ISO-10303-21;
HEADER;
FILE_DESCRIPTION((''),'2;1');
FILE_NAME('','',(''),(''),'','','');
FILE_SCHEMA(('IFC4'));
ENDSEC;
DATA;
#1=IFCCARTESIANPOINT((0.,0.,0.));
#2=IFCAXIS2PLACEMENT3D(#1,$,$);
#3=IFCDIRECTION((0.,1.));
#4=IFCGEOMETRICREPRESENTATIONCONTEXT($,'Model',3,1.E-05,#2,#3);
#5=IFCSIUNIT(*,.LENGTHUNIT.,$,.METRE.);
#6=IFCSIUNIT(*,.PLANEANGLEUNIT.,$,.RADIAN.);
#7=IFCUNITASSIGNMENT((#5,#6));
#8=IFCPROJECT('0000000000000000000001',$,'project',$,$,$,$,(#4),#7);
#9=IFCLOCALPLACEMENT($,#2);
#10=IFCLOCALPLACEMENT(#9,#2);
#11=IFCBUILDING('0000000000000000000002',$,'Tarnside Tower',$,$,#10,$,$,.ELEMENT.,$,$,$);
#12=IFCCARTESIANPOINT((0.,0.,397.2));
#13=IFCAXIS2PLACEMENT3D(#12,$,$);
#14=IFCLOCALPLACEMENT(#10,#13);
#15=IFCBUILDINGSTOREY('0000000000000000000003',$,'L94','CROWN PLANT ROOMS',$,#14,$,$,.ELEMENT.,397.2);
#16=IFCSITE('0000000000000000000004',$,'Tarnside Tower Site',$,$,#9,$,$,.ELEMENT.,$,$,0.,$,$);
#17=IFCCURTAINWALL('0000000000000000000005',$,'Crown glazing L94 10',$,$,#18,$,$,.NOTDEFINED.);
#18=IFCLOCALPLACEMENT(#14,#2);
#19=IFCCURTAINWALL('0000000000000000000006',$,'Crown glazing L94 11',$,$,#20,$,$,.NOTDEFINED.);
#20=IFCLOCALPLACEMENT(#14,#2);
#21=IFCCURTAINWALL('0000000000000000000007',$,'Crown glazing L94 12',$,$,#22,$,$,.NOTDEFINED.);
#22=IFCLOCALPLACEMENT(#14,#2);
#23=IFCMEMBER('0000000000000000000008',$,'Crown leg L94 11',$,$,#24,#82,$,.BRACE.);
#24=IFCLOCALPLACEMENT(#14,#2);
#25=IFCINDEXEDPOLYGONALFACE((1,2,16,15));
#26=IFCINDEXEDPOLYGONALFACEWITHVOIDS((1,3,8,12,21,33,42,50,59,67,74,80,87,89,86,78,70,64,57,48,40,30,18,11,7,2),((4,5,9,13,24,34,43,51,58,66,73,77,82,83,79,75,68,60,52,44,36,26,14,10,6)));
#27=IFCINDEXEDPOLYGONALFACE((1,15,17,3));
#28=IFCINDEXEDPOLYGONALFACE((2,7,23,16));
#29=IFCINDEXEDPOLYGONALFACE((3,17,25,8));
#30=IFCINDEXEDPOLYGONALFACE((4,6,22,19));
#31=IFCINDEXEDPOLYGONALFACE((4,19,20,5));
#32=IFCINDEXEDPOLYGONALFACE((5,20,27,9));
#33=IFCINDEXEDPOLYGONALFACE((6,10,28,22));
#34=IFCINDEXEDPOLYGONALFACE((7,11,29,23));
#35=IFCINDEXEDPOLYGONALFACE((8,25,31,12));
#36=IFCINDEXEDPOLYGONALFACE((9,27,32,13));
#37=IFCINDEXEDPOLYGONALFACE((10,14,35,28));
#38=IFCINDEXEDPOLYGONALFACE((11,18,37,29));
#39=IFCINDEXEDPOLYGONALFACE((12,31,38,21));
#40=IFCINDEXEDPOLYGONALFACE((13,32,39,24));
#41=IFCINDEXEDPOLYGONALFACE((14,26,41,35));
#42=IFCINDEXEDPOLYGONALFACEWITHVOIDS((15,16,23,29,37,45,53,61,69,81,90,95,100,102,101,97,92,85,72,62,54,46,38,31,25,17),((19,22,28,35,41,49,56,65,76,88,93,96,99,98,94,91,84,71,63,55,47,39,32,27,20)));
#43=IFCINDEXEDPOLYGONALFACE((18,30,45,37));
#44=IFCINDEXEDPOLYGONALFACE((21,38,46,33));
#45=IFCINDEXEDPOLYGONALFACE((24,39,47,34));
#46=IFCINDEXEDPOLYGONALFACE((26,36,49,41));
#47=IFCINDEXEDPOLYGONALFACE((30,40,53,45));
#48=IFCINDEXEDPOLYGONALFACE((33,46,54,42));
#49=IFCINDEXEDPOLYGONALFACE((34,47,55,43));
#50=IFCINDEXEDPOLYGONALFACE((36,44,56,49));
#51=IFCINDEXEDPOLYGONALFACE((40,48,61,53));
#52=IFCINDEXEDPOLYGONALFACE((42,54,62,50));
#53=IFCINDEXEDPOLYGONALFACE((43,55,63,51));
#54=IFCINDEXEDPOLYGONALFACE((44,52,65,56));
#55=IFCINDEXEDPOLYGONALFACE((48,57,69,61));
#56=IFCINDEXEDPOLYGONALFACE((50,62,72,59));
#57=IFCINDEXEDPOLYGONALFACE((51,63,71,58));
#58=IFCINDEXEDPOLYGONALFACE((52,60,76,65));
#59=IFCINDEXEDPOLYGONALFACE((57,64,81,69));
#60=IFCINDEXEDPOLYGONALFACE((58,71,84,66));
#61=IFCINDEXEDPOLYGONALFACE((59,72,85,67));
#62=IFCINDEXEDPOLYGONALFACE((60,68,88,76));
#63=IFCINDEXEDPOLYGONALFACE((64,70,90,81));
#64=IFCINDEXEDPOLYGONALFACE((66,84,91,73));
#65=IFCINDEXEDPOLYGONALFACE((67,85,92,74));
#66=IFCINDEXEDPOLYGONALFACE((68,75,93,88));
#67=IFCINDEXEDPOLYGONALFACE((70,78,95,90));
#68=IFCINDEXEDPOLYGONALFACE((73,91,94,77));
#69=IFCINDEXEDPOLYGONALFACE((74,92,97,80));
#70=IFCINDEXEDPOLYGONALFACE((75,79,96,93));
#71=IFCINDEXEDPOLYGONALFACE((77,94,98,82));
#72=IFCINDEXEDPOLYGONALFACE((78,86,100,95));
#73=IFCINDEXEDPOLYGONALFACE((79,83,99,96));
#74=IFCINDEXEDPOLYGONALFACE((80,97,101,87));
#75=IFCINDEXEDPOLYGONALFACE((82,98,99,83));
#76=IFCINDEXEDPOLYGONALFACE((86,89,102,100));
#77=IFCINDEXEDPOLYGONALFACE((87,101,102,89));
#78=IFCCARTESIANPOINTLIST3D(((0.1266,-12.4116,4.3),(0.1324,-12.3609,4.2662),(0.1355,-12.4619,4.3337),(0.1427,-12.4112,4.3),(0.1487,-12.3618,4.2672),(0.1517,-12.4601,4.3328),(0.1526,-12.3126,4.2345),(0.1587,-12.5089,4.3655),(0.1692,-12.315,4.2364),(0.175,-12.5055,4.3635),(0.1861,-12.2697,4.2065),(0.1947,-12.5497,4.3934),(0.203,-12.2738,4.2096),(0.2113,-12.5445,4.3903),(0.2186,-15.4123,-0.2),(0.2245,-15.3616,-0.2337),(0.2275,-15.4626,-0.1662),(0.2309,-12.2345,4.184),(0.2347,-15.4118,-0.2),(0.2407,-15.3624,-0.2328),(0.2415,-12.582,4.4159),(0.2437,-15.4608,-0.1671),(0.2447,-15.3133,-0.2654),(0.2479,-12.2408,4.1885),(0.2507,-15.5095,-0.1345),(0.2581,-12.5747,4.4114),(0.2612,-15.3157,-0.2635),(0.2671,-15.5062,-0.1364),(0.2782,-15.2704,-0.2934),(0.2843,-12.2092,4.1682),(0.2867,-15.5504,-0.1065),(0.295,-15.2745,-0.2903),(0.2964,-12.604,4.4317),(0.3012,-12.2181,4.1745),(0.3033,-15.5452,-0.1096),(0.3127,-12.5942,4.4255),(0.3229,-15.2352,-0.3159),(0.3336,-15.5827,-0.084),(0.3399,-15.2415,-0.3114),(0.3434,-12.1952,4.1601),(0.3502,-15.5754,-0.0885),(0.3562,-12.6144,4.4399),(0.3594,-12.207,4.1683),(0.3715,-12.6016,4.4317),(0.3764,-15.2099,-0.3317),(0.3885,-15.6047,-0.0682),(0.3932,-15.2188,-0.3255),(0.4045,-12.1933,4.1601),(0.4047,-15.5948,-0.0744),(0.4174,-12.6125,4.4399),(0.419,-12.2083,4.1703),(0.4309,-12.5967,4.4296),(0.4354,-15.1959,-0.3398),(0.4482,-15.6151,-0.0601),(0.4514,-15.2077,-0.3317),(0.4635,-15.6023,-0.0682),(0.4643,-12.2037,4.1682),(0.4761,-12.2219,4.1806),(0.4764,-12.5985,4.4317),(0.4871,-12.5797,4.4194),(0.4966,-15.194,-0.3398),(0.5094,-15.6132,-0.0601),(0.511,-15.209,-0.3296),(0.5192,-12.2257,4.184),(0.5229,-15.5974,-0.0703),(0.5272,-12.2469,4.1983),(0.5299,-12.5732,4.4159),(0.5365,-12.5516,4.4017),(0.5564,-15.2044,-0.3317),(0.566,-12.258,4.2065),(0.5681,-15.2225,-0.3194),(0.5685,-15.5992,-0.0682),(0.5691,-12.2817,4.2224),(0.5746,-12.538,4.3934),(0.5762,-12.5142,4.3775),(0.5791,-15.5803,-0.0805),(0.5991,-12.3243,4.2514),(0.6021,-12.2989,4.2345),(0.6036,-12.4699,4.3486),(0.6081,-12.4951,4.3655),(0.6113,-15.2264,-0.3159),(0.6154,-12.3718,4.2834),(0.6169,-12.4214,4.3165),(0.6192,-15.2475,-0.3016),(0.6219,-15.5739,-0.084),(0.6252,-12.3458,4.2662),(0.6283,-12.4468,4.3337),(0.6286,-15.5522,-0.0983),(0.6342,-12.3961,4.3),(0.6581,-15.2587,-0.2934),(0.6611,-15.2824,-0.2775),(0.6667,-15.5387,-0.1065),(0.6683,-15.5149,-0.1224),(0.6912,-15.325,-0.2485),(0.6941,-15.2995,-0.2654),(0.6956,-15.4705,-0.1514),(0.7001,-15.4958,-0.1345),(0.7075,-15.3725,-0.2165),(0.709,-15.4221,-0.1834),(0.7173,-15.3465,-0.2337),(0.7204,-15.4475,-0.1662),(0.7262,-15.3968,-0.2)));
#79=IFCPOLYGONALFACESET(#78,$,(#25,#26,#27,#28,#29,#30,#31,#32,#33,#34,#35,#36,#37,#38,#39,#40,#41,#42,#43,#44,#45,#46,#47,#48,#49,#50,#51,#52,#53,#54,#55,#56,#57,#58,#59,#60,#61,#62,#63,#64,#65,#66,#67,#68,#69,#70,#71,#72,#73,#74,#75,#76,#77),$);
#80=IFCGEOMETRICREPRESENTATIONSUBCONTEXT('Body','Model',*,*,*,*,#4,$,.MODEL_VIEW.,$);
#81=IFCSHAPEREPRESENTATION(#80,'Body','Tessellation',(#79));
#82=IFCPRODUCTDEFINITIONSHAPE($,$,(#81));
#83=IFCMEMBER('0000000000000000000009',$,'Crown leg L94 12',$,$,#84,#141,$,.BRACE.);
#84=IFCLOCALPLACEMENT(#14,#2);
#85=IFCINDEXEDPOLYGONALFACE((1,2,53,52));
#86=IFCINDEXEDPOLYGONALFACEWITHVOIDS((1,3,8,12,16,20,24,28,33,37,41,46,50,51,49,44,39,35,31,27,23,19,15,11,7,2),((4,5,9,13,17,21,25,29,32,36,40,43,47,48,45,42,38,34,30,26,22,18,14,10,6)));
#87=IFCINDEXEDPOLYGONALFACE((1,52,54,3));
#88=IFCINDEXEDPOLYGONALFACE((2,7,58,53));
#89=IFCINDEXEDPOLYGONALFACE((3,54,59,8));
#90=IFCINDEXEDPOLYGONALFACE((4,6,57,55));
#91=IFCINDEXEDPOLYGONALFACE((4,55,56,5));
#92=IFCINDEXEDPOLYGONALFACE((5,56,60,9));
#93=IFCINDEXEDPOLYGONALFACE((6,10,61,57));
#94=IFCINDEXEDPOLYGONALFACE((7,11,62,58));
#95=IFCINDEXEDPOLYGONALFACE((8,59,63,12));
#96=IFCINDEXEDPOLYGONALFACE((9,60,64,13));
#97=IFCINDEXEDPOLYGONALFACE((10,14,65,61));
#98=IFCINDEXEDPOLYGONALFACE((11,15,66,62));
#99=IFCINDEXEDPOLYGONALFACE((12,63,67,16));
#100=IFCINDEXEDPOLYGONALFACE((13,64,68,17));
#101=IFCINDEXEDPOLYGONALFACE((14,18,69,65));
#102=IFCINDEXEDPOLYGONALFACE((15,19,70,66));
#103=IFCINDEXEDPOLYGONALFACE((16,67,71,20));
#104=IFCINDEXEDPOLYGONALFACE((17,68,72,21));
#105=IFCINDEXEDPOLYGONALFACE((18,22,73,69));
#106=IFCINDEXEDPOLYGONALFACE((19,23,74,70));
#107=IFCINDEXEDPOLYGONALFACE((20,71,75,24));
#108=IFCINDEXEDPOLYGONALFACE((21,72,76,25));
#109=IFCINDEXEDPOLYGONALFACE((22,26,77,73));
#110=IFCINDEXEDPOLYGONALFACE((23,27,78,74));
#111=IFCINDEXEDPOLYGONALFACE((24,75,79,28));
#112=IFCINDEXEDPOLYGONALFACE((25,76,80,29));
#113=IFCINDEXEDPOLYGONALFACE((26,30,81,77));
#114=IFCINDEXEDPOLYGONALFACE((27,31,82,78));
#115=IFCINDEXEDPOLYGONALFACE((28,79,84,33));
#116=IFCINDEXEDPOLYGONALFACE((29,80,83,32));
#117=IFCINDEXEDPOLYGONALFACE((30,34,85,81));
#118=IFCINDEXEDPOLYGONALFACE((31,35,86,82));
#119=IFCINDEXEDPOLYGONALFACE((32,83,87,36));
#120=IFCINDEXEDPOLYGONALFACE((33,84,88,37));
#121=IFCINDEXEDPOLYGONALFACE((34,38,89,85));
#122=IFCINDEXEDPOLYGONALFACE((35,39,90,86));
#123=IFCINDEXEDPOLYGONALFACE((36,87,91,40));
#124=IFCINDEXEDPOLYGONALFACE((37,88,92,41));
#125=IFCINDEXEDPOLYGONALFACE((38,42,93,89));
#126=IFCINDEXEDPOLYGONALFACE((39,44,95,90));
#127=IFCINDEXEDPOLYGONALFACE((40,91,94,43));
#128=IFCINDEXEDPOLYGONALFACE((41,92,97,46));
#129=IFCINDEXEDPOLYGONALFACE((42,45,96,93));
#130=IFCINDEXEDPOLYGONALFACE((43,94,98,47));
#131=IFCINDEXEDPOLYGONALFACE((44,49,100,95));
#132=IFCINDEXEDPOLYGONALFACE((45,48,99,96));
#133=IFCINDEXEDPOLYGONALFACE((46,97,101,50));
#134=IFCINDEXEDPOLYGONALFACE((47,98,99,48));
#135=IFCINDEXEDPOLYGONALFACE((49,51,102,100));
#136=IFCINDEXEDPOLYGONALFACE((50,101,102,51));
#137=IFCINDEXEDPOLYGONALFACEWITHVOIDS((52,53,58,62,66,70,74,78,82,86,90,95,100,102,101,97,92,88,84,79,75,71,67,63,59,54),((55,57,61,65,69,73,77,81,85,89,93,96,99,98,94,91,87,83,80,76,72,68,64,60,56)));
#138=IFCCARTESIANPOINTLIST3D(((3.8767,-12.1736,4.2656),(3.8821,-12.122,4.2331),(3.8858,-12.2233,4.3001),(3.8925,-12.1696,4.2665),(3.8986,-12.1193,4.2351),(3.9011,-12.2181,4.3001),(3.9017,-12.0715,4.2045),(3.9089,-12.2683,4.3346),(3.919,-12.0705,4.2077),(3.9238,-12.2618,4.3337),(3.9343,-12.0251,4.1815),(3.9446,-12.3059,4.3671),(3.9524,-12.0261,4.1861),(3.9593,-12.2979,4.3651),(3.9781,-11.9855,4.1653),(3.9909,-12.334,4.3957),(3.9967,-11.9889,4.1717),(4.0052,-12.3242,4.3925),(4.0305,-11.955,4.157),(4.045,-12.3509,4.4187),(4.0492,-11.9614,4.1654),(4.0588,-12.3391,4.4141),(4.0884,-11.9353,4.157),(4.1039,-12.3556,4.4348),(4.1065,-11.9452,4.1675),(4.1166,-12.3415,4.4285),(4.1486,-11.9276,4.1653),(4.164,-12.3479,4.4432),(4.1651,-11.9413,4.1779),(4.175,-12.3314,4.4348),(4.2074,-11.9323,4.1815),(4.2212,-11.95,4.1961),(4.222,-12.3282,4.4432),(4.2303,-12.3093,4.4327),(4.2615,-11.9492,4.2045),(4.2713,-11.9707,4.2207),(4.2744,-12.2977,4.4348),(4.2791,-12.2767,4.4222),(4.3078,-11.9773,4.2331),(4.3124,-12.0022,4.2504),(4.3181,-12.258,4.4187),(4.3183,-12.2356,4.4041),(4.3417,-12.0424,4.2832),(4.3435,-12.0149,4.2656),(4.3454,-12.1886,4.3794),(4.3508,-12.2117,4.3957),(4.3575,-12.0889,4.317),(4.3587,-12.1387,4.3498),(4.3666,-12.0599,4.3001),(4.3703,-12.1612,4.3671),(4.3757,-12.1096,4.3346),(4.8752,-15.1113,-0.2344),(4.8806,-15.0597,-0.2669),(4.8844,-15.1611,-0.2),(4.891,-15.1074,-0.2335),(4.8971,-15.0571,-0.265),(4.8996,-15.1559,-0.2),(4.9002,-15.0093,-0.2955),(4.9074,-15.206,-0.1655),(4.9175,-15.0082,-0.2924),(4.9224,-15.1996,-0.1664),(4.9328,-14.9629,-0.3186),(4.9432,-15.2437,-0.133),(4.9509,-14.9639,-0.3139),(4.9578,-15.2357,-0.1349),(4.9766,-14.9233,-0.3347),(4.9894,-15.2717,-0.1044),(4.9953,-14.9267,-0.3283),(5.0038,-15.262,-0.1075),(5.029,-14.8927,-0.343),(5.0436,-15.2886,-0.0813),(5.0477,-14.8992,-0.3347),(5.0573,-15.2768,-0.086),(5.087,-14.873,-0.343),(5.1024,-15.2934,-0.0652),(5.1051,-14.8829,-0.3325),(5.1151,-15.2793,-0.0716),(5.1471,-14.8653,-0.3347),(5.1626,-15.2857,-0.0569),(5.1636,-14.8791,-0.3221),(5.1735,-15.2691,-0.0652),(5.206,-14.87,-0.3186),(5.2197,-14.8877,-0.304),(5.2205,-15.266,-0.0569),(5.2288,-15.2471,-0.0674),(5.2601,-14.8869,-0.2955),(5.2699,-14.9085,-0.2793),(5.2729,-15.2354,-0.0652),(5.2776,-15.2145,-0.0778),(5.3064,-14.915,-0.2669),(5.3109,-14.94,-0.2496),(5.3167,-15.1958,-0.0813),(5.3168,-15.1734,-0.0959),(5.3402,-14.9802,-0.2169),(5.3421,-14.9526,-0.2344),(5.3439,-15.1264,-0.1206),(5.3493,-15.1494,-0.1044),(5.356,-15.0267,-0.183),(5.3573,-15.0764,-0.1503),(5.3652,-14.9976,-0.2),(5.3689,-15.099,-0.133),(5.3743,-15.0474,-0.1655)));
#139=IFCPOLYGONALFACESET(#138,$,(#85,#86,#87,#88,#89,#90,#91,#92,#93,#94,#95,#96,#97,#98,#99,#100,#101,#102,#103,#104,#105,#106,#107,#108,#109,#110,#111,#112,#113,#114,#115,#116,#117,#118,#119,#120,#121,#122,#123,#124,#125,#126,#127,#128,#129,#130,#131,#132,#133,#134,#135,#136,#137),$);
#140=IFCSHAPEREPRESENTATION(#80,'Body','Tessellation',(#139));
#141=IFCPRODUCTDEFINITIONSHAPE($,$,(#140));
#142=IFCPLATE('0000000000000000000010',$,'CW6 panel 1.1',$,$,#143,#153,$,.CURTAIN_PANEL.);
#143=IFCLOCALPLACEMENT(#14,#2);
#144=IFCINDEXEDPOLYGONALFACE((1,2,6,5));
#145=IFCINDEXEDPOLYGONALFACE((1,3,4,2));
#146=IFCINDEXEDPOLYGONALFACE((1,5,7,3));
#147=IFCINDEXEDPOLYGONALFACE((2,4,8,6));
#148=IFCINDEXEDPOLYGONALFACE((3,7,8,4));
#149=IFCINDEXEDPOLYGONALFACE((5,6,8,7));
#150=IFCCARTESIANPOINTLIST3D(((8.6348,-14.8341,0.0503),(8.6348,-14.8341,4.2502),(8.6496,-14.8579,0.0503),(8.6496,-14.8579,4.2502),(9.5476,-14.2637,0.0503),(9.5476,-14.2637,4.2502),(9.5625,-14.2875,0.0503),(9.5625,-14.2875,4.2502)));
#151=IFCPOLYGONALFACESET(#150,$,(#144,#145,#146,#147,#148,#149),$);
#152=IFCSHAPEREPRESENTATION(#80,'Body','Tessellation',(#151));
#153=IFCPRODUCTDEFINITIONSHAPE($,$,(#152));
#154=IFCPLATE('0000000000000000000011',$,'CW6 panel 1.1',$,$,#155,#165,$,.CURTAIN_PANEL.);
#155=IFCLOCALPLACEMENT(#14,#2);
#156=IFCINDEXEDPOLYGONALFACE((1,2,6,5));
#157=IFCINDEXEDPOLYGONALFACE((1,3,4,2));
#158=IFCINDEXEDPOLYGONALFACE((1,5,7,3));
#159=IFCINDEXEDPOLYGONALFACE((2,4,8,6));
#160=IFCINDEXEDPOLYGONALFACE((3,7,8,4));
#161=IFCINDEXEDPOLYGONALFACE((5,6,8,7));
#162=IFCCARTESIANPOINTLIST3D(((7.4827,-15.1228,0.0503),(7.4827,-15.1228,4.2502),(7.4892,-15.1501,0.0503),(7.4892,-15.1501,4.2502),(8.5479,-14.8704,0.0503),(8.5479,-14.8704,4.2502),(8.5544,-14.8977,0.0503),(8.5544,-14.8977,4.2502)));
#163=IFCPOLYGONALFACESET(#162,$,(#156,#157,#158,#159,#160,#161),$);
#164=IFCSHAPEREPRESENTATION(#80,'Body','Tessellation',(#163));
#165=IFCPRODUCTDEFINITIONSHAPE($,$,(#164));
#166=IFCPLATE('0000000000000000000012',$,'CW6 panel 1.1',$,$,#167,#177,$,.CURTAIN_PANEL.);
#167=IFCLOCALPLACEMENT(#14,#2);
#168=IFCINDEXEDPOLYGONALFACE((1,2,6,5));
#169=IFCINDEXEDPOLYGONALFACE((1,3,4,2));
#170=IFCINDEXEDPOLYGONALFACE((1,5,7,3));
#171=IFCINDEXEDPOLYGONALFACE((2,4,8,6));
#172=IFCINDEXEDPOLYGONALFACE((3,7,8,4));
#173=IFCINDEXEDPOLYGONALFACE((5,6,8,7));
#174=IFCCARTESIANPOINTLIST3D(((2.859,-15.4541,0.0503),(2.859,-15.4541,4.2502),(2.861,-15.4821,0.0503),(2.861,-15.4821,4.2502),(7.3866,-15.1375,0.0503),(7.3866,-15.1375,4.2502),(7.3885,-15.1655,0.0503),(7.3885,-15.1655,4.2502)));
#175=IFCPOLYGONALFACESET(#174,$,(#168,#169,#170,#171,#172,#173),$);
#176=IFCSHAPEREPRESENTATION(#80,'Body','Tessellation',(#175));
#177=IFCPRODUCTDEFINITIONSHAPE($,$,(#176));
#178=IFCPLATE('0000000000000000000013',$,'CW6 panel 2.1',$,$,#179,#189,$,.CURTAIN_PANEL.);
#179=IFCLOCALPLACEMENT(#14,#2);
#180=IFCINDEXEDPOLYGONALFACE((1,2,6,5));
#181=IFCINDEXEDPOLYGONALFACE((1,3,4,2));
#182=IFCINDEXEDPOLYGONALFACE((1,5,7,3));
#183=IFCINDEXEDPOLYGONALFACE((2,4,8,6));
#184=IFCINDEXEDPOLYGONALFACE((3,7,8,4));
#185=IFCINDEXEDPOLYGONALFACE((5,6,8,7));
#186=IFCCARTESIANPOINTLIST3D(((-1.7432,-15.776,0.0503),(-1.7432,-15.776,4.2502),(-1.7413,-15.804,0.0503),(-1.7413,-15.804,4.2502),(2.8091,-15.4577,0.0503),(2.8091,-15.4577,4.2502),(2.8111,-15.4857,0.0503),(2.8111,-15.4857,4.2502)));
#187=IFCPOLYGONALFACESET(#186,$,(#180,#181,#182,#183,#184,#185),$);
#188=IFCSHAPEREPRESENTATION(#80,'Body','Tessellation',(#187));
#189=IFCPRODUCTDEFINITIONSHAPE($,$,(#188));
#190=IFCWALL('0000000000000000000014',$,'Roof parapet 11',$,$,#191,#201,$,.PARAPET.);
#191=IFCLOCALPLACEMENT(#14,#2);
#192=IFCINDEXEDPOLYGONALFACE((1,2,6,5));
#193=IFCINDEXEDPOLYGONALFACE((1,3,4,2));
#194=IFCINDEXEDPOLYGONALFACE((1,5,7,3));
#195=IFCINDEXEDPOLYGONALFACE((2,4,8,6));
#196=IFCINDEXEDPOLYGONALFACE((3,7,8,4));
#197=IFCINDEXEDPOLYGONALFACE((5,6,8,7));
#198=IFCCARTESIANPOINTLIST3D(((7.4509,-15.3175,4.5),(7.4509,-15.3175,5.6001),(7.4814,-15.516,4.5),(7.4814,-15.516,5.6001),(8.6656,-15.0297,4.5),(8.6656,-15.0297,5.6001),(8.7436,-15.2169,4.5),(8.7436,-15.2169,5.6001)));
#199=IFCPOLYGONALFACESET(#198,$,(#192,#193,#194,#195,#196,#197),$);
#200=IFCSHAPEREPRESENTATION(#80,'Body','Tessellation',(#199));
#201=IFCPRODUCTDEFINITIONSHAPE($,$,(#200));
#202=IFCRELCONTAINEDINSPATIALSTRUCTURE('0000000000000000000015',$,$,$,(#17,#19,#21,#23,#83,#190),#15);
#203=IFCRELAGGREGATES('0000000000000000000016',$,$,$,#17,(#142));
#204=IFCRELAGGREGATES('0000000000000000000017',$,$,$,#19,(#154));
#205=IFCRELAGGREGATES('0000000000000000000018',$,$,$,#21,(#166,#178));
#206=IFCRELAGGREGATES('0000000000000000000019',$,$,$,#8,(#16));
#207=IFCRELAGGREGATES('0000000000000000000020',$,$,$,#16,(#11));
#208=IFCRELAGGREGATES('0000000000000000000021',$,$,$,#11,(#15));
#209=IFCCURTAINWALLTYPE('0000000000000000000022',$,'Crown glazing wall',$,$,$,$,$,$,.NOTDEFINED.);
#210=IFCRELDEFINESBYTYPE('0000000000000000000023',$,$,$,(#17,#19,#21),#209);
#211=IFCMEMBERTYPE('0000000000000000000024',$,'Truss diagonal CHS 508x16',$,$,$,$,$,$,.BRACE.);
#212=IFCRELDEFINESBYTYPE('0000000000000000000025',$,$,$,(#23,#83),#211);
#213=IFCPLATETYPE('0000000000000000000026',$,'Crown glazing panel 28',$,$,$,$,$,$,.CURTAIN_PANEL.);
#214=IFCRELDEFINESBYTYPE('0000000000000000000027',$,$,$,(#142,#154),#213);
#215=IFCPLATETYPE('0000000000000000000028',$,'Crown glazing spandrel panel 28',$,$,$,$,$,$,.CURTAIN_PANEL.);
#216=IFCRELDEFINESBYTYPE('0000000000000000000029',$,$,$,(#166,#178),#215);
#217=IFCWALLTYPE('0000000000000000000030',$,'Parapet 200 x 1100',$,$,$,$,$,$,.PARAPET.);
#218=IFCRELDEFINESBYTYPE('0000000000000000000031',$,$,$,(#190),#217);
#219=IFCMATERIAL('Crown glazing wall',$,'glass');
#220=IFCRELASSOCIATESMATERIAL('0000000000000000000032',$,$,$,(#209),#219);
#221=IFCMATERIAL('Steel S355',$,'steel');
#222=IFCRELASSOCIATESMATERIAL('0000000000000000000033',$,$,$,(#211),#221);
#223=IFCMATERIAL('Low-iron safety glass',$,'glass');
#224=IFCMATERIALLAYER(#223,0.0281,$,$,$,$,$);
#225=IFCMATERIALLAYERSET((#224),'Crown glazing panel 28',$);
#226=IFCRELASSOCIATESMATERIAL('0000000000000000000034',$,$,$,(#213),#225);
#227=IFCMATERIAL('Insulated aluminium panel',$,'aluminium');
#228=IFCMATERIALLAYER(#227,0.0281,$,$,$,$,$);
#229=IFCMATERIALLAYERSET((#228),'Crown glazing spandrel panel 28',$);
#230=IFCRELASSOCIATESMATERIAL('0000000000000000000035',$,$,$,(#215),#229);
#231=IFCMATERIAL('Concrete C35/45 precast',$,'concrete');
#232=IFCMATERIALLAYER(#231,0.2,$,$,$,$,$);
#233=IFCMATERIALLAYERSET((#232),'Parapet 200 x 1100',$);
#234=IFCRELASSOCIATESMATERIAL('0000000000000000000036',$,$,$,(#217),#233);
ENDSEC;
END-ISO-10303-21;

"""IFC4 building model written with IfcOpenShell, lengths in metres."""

from ifc_helpers import new_model, si_unit, direction, frame, origin, origin_2d, place, context, subcontext, project, spatial, polyline, rectangle, hollow_circle, outline, extrude, material, layer, layer_set, material_profile, profile_set, type_object, element, aggregate, save


model = new_model("IFC4")

# Units and contexts
model_context = context("Model", 3, precision=1e-05, world=origin(), true_north=direction((0.0, 1.0)))
body_context = subcontext(model_context, "Body", "Model", "MODEL_VIEW")
ifc_project = project(units=[si_unit("LENGTHUNIT", "METRE"), si_unit("PLANEANGLEUNIT", "RADIAN")], contexts=[model_context])

# Site, building, storey
site_placement = place(None, origin())
site = spatial("IfcSite", under=ifc_project, at=site_placement, Name="Tarnside Tower Site", CompositionType="ELEMENT", RefElevation=0.0)
building_placement = place(site_placement, origin())
building = spatial("IfcBuilding", under=site, at=building_placement, Name="Tarnside Tower", CompositionType="ELEMENT")
storey_placement = place(building_placement, frame((0.0, 0.0, 397.2)))
storey = spatial("IfcBuildingStorey", under=building, at=storey_placement, Name="L94", Description="CROWN PLANT ROOMS", CompositionType="ELEMENT", Elevation=397.2)

# Curtain wall
ifc_material_1 = material(Name="Crown glazing wall", Category="glass")
curtain_wall_type = type_object("IfcCurtainWallType", Name="Crown glazing wall", PredefinedType="NOTDEFINED", material=ifc_material_1)
curtain_wall_1_placement = place(storey_placement, origin())
curtain_wall_1 = element("IfcCurtainWall", 1, at=curtain_wall_1_placement, inside=storey, type_object=curtain_wall_type, Name="Crown glazing L94 10", PredefinedType="NOTDEFINED")

# Curtain walls
curtain_wall_2_placement = place(storey_placement, origin())
curtain_wall_2 = element("IfcCurtainWall", 2, at=curtain_wall_2_placement, inside=storey, type_object=curtain_wall_type, Name="Crown glazing L94 11", PredefinedType="NOTDEFINED")
curtain_wall_3_placement = place(storey_placement, origin())
curtain_wall_3 = element("IfcCurtainWall", 3, at=curtain_wall_3_placement, inside=storey, type_object=curtain_wall_type, Name="Crown glazing L94 12", PredefinedType="NOTDEFINED")

# Members
ifc_material_2 = material(Name="Steel S355", Category="steel")
ifc_material_profile_1 = material_profile(ifc_material_2, hollow_circle(Radius=0.2539, WallThickness=0.0161, at=origin_2d()), Name="CHS 508x16")
ifc_profile_set_1 = profile_set([ifc_material_profile_1], Name="Steel S355")
member_type_1 = type_object("IfcMemberType", Name="Truss diagonal CHS 508x16", PredefinedType="BRACE", material=ifc_profile_set_1)
member_1_placement = place(storey_placement, frame((0.4724, -15.4045, -0.2), z_axis=(-0.017015, 0.554714, 0.831867), x_axis=(-0.99953, -0.030658, 0.0)))
element("IfcMember", 4, at=member_1_placement, inside=storey, type_object=member_type_1, Name="Crown leg L94 11", PredefinedType="BRACE", context=body_context, shape_type="SweptSolid", body=[
    extrude(hollow_circle(Radius=0.2539, WallThickness=0.0161, at=origin_2d()), origin(), (0.0, 0.0, 1.0), 5.4094),
])
member_2_placement = place(storey_placement, frame((5.1248, -15.0793, -0.2), z_axis=(-0.18268, 0.537455, 0.823268), x_axis=(-0.946802, -0.321817, 0.0)))
element("IfcMember", 5, at=member_2_placement, inside=storey, type_object=member_type_1, Name="Crown leg L94 12", PredefinedType="BRACE", context=body_context, shape_type="SweptSolid", body=[
    extrude(hollow_circle(Radius=0.2539, WallThickness=0.0161, at=origin_2d()), origin(), (0.0, 0.0, 1.0), 5.4661),
])

# Plates
ifc_material_3 = material(Name="Low-iron safety glass", Category="glass")
ifc_layer_1 = layer(ifc_material_3, 0.0281)
ifc_layer_set_1 = layer_set([ifc_layer_1], Name="Crown glazing panel 28")
plate_type_1 = type_object("IfcPlateType", Name="Crown glazing panel 28", PredefinedType="CURTAIN_PANEL", material=ifc_layer_set_1)
plate_1_placement = place(storey_placement, frame((9.0986, -14.5608, 0.0503), z_axis=(0.0, 0.0, 1.0), x_axis=(-0.848048, -0.529919, 0.0)))
plate_1 = element("IfcPlate", 6, at=plate_1_placement, type_object=plate_type_1, Name="CW6 panel 1.1", PredefinedType="CURTAIN_PANEL", context=body_context, shape_type="SweptSolid", body=[
    extrude(rectangle(XDim=1.0764, YDim=0.0281, at=origin_2d()), origin(), (0.0, 0.0, 1.0), 4.2),
])
aggregate(curtain_wall_1, [plate_1])
plate_2_placement = place(storey_placement, frame((8.0186, -15.0103, 0.0503), z_axis=(0.0, 0.0, 1.0), x_axis=(-0.973045, -0.230616, 0.0)))
plate_2 = element("IfcPlate", 7, at=plate_2_placement, type_object=plate_type_1, Name="CW6 panel 1.1", PredefinedType="CURTAIN_PANEL", context=body_context, shape_type="SweptSolid", body=[
    extrude(rectangle(XDim=1.0947, YDim=0.0281, at=origin_2d()), origin(), (0.0, 0.0, 1.0), 4.2),
])
aggregate(curtain_wall_2, [plate_2])
ifc_material_4 = material(Name="Insulated aluminium panel", Category="aluminium")
ifc_layer_2 = layer(ifc_material_4, 0.0281)
ifc_layer_set_2 = layer_set([ifc_layer_2], Name="Crown glazing spandrel panel 28")
plate_type_2 = type_object("IfcPlateType", Name="Crown glazing spandrel panel 28", PredefinedType="CURTAIN_PANEL", material=ifc_layer_set_2)
plate_3_placement = place(storey_placement, frame((5.1238, -15.3098, 0.0503), z_axis=(0.0, 0.0, 1.0), x_axis=(-0.997564, -0.069756, 0.0)))
plate_3 = element("IfcPlate", 8, at=plate_3_placement, type_object=plate_type_2, Name="CW6 panel 1.1", PredefinedType="CURTAIN_PANEL", context=body_context, shape_type="SweptSolid", body=[
    extrude(rectangle(XDim=4.5386, YDim=0.0281, at=origin_2d()), origin(), (0.0, 0.0, 1.0), 4.2),
])
plate_4_placement = place(storey_placement, frame((0.5339, -15.6309, 0.0503), z_axis=(0.0, 0.0, 1.0), x_axis=(-0.997564, -0.069756, 0.0)))
plate_4 = element("IfcPlate", 9, at=plate_4_placement, type_object=plate_type_2, Name="CW6 panel 2.1", PredefinedType="CURTAIN_PANEL", context=body_context, shape_type="SweptSolid", body=[
    extrude(rectangle(XDim=4.5635, YDim=0.0281, at=origin_2d()), origin(), (0.0, 0.0, 1.0), 4.2),
])
aggregate(curtain_wall_3, [plate_3, plate_4])

# Wall
ifc_material_5 = material(Name="Concrete C35/45 precast", Category="concrete")
ifc_layer_3 = layer(ifc_material_5, 0.2)
ifc_layer_set_3 = layer_set([ifc_layer_3], Name="Parapet 200 x 1100")
wall_type = type_object("IfcWallType", Name="Parapet 200 x 1100", PredefinedType="PARAPET", material=ifc_layer_set_3)
wall_1_placement = place(storey_placement, frame((8.7046, -15.1233, 4.5), z_axis=(0.0, 0.0, 1.0), x_axis=(-0.973059, -0.230557, 0.0)))
element("IfcWall", 10, at=wall_1_placement, inside=storey, type_object=wall_type, Name="Roof parapet 11", PredefinedType="PARAPET", context=body_context, shape_type="SweptSolid", body=[
    extrude(outline(polyline([(0.0164, -0.1001), (1.2646, -0.1001), (1.2808, 0.1001), (-0.0164, 0.1001), (0.0164, -0.1001)])), origin(), (0.0, 0.0, 1.0), 1.1001),
])

save(model, "model.ifc")
